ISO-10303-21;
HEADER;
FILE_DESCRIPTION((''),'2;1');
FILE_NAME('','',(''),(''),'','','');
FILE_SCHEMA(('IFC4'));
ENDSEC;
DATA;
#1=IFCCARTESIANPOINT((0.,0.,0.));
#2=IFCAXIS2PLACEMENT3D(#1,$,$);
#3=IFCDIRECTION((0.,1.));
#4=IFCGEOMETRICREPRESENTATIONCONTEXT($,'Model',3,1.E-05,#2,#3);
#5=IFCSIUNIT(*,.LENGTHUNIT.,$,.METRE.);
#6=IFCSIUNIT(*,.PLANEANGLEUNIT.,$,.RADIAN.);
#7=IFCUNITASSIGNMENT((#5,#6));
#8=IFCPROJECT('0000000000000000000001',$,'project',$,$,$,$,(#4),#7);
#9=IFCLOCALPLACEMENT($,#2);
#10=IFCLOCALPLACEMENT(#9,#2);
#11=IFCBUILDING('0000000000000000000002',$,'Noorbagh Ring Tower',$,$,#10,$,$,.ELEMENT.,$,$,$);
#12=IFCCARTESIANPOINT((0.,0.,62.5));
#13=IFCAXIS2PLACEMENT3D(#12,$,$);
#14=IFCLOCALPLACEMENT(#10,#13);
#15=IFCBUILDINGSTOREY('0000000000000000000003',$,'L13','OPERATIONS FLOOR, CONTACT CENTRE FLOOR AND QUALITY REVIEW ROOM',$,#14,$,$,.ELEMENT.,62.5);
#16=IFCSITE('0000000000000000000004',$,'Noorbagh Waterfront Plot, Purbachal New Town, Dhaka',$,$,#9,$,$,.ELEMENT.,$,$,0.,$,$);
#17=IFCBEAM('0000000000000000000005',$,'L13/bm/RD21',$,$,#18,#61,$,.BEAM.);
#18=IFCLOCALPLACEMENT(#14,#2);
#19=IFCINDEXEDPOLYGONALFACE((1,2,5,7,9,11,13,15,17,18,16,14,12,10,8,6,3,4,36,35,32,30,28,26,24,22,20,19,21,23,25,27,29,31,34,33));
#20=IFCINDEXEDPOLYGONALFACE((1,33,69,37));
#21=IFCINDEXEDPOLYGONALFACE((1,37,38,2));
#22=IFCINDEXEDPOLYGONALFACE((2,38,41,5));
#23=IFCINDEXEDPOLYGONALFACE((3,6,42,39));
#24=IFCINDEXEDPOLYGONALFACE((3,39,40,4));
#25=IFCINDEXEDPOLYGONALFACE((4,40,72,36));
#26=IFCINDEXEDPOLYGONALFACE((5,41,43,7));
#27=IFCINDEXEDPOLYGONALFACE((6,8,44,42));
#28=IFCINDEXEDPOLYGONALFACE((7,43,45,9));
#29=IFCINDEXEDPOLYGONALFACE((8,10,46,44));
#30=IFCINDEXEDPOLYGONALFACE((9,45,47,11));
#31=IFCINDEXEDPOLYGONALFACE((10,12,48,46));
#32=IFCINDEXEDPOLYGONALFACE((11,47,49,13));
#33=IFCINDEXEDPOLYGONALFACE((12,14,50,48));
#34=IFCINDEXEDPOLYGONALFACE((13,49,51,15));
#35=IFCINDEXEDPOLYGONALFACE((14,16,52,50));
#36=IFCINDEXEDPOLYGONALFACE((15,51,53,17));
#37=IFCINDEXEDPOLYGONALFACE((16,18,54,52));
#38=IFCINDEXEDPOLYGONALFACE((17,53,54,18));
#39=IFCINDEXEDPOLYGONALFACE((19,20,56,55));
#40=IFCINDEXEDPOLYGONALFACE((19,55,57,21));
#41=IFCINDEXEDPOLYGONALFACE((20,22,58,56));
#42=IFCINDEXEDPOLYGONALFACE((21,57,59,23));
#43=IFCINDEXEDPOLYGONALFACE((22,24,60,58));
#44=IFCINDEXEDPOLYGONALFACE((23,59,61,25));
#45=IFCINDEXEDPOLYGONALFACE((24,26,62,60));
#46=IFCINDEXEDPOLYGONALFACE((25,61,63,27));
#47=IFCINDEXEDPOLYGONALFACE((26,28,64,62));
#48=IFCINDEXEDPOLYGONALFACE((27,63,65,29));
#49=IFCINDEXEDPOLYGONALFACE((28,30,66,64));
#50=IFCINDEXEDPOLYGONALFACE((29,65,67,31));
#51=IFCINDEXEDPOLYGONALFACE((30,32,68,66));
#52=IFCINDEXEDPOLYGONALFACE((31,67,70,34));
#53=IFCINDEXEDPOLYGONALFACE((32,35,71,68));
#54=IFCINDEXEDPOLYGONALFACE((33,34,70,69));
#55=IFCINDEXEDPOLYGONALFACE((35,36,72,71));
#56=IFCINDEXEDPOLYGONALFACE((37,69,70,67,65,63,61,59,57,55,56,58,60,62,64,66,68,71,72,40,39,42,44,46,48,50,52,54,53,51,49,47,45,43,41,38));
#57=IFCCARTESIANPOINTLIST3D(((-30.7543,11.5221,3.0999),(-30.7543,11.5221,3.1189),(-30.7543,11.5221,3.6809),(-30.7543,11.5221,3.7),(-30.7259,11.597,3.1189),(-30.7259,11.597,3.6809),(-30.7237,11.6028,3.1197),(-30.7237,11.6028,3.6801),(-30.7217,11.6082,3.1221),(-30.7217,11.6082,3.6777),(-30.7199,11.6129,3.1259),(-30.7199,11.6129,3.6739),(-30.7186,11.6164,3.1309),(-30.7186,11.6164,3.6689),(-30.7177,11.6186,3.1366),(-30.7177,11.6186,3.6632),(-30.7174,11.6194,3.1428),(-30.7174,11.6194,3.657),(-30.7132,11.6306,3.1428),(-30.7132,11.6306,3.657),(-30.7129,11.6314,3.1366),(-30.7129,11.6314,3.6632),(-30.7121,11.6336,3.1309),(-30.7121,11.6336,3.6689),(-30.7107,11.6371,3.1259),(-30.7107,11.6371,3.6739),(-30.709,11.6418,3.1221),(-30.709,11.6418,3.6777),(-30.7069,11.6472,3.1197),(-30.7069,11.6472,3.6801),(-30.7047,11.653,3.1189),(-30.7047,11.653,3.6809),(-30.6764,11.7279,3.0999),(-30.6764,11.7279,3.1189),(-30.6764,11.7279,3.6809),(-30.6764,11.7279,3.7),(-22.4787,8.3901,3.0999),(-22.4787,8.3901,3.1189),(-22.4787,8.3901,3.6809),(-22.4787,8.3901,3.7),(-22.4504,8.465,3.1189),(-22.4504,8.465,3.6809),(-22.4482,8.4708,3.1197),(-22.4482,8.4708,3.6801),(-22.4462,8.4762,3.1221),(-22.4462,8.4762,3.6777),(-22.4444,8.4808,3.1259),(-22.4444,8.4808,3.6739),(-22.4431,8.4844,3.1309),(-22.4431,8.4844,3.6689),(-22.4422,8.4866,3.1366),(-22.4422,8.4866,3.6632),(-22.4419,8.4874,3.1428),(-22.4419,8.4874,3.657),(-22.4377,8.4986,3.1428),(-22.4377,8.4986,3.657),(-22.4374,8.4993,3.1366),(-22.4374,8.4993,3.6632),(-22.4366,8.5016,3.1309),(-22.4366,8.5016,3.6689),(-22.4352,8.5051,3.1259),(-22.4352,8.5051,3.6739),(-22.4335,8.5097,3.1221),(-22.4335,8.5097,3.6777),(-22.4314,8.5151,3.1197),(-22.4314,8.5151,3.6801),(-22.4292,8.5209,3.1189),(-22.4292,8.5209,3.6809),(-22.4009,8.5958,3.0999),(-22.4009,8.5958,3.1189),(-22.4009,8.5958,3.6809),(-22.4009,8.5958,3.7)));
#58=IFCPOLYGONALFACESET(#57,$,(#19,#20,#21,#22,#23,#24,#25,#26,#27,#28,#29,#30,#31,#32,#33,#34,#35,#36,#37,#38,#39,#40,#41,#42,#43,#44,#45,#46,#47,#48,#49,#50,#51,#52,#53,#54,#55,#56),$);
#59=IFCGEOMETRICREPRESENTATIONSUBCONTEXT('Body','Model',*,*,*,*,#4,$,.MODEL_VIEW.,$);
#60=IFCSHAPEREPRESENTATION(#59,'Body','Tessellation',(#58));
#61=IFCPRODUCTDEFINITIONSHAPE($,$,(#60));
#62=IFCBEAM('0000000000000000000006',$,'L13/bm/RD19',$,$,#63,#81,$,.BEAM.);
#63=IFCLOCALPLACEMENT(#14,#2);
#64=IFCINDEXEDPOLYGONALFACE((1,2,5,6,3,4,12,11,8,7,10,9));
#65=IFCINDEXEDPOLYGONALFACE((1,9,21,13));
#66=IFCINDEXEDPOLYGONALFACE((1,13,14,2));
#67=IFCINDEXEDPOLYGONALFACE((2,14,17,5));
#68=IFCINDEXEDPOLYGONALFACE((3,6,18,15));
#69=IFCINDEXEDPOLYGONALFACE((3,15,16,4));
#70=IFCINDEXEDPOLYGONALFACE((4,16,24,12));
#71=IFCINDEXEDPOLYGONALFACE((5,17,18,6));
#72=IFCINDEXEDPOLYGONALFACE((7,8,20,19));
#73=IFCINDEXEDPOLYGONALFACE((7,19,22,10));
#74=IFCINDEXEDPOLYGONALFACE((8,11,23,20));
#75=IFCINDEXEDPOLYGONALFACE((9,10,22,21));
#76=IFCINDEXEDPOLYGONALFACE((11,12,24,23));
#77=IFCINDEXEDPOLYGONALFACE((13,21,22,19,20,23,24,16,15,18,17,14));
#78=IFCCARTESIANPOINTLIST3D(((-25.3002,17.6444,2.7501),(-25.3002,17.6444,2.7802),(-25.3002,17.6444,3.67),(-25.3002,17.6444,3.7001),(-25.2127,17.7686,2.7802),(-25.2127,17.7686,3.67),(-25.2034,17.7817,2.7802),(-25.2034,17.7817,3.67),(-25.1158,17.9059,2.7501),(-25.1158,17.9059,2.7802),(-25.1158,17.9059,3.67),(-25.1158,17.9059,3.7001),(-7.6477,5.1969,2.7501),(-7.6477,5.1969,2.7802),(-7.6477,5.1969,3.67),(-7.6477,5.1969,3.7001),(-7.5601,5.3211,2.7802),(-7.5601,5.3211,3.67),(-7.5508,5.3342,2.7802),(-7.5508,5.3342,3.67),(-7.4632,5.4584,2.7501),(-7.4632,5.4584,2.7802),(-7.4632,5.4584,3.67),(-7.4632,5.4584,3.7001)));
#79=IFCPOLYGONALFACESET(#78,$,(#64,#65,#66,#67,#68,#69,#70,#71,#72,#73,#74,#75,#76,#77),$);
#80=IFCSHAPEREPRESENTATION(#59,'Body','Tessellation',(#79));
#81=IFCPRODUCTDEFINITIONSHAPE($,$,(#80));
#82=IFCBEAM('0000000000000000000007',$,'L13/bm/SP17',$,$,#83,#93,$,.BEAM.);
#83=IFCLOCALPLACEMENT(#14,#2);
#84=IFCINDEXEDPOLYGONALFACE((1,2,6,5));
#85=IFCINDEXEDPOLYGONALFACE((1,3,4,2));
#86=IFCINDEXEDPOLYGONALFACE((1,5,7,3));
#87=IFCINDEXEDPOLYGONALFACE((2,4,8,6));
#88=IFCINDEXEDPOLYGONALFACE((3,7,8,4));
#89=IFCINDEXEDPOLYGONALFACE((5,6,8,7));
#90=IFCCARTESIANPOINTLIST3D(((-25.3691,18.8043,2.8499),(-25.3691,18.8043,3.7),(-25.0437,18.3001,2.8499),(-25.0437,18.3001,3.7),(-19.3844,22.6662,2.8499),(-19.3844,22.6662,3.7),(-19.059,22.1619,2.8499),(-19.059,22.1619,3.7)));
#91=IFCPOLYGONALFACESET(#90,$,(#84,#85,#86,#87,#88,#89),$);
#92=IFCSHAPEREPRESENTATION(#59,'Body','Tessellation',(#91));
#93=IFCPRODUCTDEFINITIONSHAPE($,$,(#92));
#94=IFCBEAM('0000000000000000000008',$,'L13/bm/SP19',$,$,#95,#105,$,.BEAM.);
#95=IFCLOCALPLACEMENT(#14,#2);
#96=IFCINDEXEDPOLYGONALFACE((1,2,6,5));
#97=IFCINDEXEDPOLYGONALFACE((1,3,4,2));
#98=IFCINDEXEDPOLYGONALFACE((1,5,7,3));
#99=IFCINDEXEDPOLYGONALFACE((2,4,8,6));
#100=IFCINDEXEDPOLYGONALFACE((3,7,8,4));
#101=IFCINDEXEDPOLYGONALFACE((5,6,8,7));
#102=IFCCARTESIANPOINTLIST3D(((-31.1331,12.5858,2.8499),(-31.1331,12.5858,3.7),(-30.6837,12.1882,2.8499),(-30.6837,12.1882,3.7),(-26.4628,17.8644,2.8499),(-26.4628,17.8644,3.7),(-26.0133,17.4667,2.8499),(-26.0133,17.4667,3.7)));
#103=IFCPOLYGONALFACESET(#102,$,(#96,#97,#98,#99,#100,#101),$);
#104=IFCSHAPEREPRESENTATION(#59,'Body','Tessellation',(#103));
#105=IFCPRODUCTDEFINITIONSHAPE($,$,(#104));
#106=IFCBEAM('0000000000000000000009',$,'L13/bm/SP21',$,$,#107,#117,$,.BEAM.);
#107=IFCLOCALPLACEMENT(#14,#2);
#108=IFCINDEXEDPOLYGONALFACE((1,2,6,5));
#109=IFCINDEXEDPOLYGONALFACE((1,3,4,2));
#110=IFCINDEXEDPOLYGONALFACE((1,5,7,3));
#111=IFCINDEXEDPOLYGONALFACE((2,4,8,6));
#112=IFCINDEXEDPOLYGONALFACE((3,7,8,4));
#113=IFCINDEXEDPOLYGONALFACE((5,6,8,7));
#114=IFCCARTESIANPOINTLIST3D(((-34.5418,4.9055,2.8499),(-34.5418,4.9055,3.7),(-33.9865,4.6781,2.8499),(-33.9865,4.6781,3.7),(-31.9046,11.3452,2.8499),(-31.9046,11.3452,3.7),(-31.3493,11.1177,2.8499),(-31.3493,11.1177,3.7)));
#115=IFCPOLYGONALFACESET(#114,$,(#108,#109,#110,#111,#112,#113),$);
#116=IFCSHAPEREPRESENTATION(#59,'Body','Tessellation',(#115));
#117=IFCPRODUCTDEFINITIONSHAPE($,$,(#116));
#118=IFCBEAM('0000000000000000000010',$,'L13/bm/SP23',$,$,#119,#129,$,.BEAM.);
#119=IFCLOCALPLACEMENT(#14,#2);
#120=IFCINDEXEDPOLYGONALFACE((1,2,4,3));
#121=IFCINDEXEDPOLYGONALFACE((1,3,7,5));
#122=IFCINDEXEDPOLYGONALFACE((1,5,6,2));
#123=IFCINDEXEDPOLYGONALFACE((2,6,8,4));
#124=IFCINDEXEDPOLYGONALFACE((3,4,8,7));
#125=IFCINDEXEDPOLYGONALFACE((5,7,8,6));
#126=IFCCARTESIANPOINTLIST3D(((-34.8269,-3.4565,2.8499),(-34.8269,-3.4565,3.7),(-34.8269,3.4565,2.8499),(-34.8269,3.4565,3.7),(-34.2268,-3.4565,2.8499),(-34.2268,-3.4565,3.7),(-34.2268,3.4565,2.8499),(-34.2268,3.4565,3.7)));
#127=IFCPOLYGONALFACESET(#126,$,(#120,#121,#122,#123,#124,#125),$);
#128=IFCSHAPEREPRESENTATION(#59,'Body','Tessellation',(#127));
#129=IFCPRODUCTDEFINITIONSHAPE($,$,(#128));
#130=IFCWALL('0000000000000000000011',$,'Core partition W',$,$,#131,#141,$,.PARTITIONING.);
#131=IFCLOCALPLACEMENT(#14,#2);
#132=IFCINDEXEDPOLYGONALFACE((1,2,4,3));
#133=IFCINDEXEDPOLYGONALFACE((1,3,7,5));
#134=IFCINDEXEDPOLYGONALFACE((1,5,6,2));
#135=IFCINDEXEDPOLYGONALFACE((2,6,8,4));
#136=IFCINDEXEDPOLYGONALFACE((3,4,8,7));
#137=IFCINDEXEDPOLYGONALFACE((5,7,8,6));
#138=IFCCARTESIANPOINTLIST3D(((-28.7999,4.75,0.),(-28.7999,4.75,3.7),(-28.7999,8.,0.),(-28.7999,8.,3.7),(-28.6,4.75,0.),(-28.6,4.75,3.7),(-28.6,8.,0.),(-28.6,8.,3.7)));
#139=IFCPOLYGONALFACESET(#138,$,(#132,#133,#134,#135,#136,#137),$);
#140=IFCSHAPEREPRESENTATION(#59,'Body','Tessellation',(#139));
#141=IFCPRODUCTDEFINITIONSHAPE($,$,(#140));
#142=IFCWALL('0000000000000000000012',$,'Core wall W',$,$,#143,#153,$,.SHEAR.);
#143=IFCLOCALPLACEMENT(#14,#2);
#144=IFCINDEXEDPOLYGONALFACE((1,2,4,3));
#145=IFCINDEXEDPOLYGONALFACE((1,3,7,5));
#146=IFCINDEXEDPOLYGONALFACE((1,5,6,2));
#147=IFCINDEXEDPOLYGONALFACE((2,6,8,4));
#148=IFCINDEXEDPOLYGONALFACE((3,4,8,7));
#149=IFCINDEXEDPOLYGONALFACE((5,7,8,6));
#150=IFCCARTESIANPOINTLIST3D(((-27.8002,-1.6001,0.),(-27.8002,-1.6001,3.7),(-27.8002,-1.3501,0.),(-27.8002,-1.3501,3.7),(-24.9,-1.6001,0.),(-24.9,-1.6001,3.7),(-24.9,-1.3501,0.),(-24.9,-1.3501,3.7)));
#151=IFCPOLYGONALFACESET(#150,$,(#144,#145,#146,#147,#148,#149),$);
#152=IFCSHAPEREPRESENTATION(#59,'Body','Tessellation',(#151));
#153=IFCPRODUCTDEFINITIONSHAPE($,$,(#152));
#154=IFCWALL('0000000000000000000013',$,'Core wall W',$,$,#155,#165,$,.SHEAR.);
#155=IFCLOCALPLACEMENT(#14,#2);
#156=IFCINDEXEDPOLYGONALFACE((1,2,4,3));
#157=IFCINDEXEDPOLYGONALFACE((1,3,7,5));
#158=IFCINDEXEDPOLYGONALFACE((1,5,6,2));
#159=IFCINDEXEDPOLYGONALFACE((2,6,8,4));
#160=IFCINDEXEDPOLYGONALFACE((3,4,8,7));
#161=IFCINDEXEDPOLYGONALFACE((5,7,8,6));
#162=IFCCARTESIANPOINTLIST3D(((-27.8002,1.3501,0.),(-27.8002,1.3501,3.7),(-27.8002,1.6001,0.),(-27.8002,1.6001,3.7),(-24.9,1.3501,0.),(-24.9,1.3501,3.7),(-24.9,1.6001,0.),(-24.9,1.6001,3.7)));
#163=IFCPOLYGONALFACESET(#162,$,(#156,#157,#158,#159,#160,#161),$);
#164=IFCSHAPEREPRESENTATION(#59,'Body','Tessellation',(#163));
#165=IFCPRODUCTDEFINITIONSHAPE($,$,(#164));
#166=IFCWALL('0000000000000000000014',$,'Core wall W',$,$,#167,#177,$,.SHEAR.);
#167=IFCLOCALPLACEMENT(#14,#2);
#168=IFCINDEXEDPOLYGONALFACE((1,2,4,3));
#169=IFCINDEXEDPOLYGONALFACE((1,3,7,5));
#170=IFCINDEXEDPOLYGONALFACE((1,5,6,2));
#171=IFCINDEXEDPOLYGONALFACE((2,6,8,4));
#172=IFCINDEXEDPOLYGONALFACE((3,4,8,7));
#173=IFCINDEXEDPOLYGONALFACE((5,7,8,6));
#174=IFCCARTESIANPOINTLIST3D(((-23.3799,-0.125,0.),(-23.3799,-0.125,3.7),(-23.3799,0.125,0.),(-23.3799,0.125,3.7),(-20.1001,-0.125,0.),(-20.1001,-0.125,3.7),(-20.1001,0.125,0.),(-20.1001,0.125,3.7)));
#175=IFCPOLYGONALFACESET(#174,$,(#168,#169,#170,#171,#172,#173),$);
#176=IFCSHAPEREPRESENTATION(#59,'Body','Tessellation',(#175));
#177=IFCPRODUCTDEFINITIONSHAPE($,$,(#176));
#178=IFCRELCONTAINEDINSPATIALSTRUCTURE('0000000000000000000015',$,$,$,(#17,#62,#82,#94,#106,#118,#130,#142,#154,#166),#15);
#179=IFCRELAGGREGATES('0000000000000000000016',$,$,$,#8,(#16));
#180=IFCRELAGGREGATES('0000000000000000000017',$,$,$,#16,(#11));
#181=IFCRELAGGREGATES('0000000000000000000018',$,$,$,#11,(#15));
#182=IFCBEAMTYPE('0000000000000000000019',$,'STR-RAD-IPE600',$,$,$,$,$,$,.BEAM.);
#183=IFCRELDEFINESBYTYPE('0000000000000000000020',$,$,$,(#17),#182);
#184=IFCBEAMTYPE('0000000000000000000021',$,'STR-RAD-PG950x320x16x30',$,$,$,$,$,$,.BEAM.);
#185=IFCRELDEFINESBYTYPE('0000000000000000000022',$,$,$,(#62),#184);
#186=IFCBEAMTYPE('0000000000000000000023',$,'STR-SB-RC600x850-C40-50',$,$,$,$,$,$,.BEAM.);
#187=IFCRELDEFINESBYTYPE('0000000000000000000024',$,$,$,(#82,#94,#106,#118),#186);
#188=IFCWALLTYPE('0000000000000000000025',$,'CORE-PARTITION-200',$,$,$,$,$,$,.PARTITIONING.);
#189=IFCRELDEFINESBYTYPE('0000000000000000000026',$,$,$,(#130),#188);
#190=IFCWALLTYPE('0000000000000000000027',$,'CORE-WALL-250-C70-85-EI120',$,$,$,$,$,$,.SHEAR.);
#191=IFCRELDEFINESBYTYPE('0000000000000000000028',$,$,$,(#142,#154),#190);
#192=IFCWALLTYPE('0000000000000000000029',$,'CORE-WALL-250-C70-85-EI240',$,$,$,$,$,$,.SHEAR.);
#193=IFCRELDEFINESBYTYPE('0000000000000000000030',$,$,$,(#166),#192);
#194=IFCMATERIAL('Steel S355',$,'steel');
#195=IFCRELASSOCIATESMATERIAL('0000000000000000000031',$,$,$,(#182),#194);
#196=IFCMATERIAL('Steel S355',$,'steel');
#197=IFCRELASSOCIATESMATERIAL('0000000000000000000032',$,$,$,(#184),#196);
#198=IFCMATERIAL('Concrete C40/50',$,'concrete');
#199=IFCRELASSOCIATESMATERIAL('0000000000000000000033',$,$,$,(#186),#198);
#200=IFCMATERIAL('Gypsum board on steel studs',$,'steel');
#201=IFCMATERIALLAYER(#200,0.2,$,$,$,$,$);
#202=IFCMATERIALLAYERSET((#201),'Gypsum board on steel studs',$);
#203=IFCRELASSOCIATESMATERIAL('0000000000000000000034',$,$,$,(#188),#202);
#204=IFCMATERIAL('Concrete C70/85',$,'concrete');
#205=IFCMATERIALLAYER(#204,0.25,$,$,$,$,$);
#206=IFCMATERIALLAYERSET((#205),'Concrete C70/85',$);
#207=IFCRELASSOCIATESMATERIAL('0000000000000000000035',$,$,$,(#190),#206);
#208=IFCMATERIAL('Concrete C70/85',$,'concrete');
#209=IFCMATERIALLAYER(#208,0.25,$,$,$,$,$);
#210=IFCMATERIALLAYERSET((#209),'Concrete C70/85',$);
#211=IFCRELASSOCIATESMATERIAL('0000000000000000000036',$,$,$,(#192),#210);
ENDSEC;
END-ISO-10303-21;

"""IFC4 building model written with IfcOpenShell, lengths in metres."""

from ifc_helpers import new_model, si_unit, direction, frame, frame_2d, origin, origin_2d, place, context, subcontext, project, spatial, rectangle, i_section, extrude, material, layer, layer_set, material_profile, profile_set, type_object, element, save


model = new_model("IFC4")

# Units and contexts
model_context = context("Model", 3, precision=1e-05, world=origin(), true_north=direction((0.0, 1.0)))
body_context = subcontext(model_context, "Body", "Model", "MODEL_VIEW")
ifc_project = project(units=[si_unit("LENGTHUNIT", "METRE"), si_unit("PLANEANGLEUNIT", "RADIAN")], contexts=[model_context])

# Site, building, storey
site_placement = place(None, origin())
site = spatial("IfcSite", under=ifc_project, at=site_placement, Name="Noorbagh Waterfront Plot, Purbachal New Town, Dhaka", CompositionType="ELEMENT", RefElevation=0.0)
building_placement = place(site_placement, origin())
building = spatial("IfcBuilding", under=site, at=building_placement, Name="Noorbagh Ring Tower", CompositionType="ELEMENT")
storey_placement = place(building_placement, frame((0.0, 0.0, 62.5)))
storey = spatial("IfcBuildingStorey", under=building, at=storey_placement, Name="L13", Description="OPERATIONS FLOOR, CONTACT CENTRE FLOOR AND QUALITY REVIEW ROOM", CompositionType="ELEMENT", Elevation=62.5)

# Beams
ifc_material_1 = material(Name="Steel S355", Category="steel")
ifc_material_profile_1 = material_profile(ifc_material_1, i_section(OverallWidth=0.22, OverallDepth=0.6001, WebThickness=0.012, FlangeThickness=0.019, FilletRadius=0.0239, at=origin_2d()), Name="IPE600")
ifc_profile_set_1 = profile_set([ifc_material_profile_1], Name="Steel S355")
beam_type_1 = type_object("IfcBeamType", Name="STR-RAD-IPE600", PredefinedType="BEAM", material=ifc_profile_set_1)
beam_1_placement = place(storey_placement, frame((-30.7153, 11.625, 3.3999), z_axis=(0.935258, -0.353967, 0.0), x_axis=(0.353967, 0.935258, 0.0)))
element("IfcBeam", 1, at=beam_1_placement, inside=storey, type_object=beam_type_1, Name="L13/bm/RD21", PredefinedType="BEAM", context=body_context, shape_type="SweptSolid", body=[
    extrude(i_section(OverallWidth=0.22, OverallDepth=0.6001, WebThickness=0.012, FlangeThickness=0.019, FilletRadius=0.0239, at=origin_2d()), origin(), (0.0, 0.0, 1.0), 8.8484),
])
ifc_material_2 = material(Name="Steel S355", Category="steel")
ifc_material_profile_2 = material_profile(ifc_material_2, i_section(OverallWidth=0.3201, OverallDepth=0.95, WebThickness=0.0161, FlangeThickness=0.03, at=origin_2d()), Name="PG950x320x16x30")
ifc_profile_set_2 = profile_set([ifc_material_profile_2], Name="Steel S355")
beam_type_2 = type_object("IfcBeamType", Name="STR-RAD-PG950x320x16x30", PredefinedType="BEAM", material=ifc_profile_set_2)
beam_2_placement = place(storey_placement, frame((-25.208, 17.7751, 3.2251), z_axis=(0.817254, -0.576277, 0.0), x_axis=(0.576277, 0.817254, 0.0)))
element("IfcBeam", 2, at=beam_2_placement, inside=storey, type_object=beam_type_2, Name="L13/bm/RD19", PredefinedType="BEAM", context=body_context, shape_type="SweptSolid", body=[
    extrude(i_section(OverallWidth=0.3201, OverallDepth=0.95, WebThickness=0.0161, FlangeThickness=0.03, at=origin_2d()), origin(), (0.0, 0.0, 1.0), 21.5999),
])
ifc_material_3 = material(Name="Concrete C40/50", Category="concrete")
ifc_material_profile_3 = material_profile(ifc_material_3, rectangle(XDim=0.6001, YDim=0.8501, at=origin_2d()), Name="RC600x850")
ifc_profile_set_3 = profile_set([ifc_material_profile_3], Name="Concrete C40/50")
beam_type_3 = type_object("IfcBeamType", Name="STR-SB-RC600x850-C40-50", PredefinedType="BEAM", material=ifc_profile_set_3)
beam_3_placement = place(storey_placement, frame((-19.2217, 22.4141, 3.2749), z_axis=(-0.840247, -0.542203, 0.0), x_axis=(0.542203, -0.840247, 0.0)))
element("IfcBeam", 3, at=beam_3_placement, inside=storey, type_object=beam_type_3, Name="L13/bm/SP17", PredefinedType="BEAM", context=body_context, shape_type="SweptSolid", body=[
    extrude(rectangle(XDim=0.6001, YDim=0.8501, at=origin_2d()), origin(), (0.0, 0.0, 1.0), 7.1226),
])
beam_4_placement = place(storey_placement, frame((-26.238, 17.6655, 3.2749), z_axis=(-0.662646, -0.748932, 0.0), x_axis=(0.748932, -0.662646, 0.0)))
element("IfcBeam", 4, at=beam_4_placement, inside=storey, type_object=beam_type_3, Name="L13/bm/SP19", PredefinedType="BEAM", context=body_context, shape_type="SweptSolid", body=[
    extrude(rectangle(XDim=0.6001, YDim=0.8501, at=origin_2d()), origin(), (0.0, 0.0, 1.0), 7.0481),
])
beam_5_placement = place(storey_placement, frame((-31.627, 11.2314, 3.2749), z_axis=(-0.378976, -0.925407, 0.0), x_axis=(0.925407, -0.378976, 0.0)))
element("IfcBeam", 5, at=beam_5_placement, inside=storey, type_object=beam_type_3, Name="L13/bm/SP21", PredefinedType="BEAM", context=body_context, shape_type="SweptSolid", body=[
    extrude(rectangle(XDim=0.6001, YDim=0.8501, at=origin_2d()), origin(), (0.0, 0.0, 1.0), 6.9587),
])
beam_6_placement = place(storey_placement, frame((-34.5269, 3.4565, 3.2749), z_axis=(0.0, -1.0, 0.0), x_axis=(1.0, 0.0, 0.0)))
element("IfcBeam", 6, at=beam_6_placement, inside=storey, type_object=beam_type_3, Name="L13/bm/SP23", PredefinedType="BEAM", context=body_context, shape_type="SweptSolid", body=[
    extrude(rectangle(XDim=0.6001, YDim=0.8501, at=origin_2d()), origin(), (0.0, 0.0, 1.0), 6.9131),
])

# Walls
ifc_material_4 = material(Name="Gypsum board on steel studs", Category="steel")
ifc_layer_1 = layer(ifc_material_4, 0.2)
ifc_layer_set_1 = layer_set([ifc_layer_1], Name="Gypsum board on steel studs")
wall_type_1 = type_object("IfcWallType", Name="CORE-PARTITION-200", PredefinedType="PARTITIONING", material=ifc_layer_set_1)
wall_1_placement = place(storey_placement, frame((-28.7, 4.75, 0.0), z_axis=(0.0, 0.0, 1.0), x_axis=(0.0, 1.0, 0.0)))
element("IfcWall", 7, at=wall_1_placement, inside=storey, type_object=wall_type_1, Name="Core partition W", PredefinedType="PARTITIONING", context=body_context, shape_type="SweptSolid", body=[
    extrude(rectangle(XDim=3.25, YDim=0.2, at=frame_2d((1.625, 0.0))), origin(), (0.0, 0.0, 1.0), 3.7),
])
ifc_material_5 = material(Name="Concrete C70/85", Category="concrete")
ifc_layer_2 = layer(ifc_material_5, 0.25)
ifc_layer_set_2 = layer_set([ifc_layer_2], Name="Concrete C70/85")
wall_type_2 = type_object("IfcWallType", Name="CORE-WALL-250-C70-85-EI120", PredefinedType="SHEAR", material=ifc_layer_set_2)
for number, where, z_axis, x_axis, name in (
    (8, (-24.8999, -1.4751, 0.0), (0.0, 0.0, 1.0), (-1.0, 0.0, 0.0), "Core wall W"),
    (9, (-24.8999, 1.4751, 0.0), (0.0, 0.0, 1.0), (-1.0, 0.0, 0.0), "Core wall W"),
):
    element("IfcWall", number, at=place(storey_placement, frame(where, z_axis=z_axis, x_axis=x_axis)), inside=storey, type_object=wall_type_2, Name=name, PredefinedType="SHEAR", context=body_context, shape_type="SweptSolid", body=[
        extrude(rectangle(XDim=2.9001, YDim=0.25, at=frame_2d((1.4502, 0.0))), origin(), (0.0, 0.0, 1.0), 3.7),
    ])
ifc_material_6 = material(Name="Concrete C70/85", Category="concrete")
ifc_layer_3 = layer(ifc_material_6, 0.25)
ifc_layer_set_3 = layer_set([ifc_layer_3], Name="Concrete C70/85")
wall_type_3 = type_object("IfcWallType", Name="CORE-WALL-250-C70-85-EI240", PredefinedType="SHEAR", material=ifc_layer_set_3)
wall_2_placement = place(storey_placement, frame((-20.1001, 0.0, 0.0), z_axis=(0.0, 0.0, 1.0), x_axis=(-1.0, 0.0, 0.0)))
element("IfcWall", 10, at=wall_2_placement, inside=storey, type_object=wall_type_3, Name="Core wall W", PredefinedType="SHEAR", context=body_context, shape_type="SweptSolid", body=[
    extrude(rectangle(XDim=3.2798, YDim=0.25, at=frame_2d((1.6399, 0.0))), origin(), (0.0, 0.0, 1.0), 3.7),
])

save(model, "model.ifc")
